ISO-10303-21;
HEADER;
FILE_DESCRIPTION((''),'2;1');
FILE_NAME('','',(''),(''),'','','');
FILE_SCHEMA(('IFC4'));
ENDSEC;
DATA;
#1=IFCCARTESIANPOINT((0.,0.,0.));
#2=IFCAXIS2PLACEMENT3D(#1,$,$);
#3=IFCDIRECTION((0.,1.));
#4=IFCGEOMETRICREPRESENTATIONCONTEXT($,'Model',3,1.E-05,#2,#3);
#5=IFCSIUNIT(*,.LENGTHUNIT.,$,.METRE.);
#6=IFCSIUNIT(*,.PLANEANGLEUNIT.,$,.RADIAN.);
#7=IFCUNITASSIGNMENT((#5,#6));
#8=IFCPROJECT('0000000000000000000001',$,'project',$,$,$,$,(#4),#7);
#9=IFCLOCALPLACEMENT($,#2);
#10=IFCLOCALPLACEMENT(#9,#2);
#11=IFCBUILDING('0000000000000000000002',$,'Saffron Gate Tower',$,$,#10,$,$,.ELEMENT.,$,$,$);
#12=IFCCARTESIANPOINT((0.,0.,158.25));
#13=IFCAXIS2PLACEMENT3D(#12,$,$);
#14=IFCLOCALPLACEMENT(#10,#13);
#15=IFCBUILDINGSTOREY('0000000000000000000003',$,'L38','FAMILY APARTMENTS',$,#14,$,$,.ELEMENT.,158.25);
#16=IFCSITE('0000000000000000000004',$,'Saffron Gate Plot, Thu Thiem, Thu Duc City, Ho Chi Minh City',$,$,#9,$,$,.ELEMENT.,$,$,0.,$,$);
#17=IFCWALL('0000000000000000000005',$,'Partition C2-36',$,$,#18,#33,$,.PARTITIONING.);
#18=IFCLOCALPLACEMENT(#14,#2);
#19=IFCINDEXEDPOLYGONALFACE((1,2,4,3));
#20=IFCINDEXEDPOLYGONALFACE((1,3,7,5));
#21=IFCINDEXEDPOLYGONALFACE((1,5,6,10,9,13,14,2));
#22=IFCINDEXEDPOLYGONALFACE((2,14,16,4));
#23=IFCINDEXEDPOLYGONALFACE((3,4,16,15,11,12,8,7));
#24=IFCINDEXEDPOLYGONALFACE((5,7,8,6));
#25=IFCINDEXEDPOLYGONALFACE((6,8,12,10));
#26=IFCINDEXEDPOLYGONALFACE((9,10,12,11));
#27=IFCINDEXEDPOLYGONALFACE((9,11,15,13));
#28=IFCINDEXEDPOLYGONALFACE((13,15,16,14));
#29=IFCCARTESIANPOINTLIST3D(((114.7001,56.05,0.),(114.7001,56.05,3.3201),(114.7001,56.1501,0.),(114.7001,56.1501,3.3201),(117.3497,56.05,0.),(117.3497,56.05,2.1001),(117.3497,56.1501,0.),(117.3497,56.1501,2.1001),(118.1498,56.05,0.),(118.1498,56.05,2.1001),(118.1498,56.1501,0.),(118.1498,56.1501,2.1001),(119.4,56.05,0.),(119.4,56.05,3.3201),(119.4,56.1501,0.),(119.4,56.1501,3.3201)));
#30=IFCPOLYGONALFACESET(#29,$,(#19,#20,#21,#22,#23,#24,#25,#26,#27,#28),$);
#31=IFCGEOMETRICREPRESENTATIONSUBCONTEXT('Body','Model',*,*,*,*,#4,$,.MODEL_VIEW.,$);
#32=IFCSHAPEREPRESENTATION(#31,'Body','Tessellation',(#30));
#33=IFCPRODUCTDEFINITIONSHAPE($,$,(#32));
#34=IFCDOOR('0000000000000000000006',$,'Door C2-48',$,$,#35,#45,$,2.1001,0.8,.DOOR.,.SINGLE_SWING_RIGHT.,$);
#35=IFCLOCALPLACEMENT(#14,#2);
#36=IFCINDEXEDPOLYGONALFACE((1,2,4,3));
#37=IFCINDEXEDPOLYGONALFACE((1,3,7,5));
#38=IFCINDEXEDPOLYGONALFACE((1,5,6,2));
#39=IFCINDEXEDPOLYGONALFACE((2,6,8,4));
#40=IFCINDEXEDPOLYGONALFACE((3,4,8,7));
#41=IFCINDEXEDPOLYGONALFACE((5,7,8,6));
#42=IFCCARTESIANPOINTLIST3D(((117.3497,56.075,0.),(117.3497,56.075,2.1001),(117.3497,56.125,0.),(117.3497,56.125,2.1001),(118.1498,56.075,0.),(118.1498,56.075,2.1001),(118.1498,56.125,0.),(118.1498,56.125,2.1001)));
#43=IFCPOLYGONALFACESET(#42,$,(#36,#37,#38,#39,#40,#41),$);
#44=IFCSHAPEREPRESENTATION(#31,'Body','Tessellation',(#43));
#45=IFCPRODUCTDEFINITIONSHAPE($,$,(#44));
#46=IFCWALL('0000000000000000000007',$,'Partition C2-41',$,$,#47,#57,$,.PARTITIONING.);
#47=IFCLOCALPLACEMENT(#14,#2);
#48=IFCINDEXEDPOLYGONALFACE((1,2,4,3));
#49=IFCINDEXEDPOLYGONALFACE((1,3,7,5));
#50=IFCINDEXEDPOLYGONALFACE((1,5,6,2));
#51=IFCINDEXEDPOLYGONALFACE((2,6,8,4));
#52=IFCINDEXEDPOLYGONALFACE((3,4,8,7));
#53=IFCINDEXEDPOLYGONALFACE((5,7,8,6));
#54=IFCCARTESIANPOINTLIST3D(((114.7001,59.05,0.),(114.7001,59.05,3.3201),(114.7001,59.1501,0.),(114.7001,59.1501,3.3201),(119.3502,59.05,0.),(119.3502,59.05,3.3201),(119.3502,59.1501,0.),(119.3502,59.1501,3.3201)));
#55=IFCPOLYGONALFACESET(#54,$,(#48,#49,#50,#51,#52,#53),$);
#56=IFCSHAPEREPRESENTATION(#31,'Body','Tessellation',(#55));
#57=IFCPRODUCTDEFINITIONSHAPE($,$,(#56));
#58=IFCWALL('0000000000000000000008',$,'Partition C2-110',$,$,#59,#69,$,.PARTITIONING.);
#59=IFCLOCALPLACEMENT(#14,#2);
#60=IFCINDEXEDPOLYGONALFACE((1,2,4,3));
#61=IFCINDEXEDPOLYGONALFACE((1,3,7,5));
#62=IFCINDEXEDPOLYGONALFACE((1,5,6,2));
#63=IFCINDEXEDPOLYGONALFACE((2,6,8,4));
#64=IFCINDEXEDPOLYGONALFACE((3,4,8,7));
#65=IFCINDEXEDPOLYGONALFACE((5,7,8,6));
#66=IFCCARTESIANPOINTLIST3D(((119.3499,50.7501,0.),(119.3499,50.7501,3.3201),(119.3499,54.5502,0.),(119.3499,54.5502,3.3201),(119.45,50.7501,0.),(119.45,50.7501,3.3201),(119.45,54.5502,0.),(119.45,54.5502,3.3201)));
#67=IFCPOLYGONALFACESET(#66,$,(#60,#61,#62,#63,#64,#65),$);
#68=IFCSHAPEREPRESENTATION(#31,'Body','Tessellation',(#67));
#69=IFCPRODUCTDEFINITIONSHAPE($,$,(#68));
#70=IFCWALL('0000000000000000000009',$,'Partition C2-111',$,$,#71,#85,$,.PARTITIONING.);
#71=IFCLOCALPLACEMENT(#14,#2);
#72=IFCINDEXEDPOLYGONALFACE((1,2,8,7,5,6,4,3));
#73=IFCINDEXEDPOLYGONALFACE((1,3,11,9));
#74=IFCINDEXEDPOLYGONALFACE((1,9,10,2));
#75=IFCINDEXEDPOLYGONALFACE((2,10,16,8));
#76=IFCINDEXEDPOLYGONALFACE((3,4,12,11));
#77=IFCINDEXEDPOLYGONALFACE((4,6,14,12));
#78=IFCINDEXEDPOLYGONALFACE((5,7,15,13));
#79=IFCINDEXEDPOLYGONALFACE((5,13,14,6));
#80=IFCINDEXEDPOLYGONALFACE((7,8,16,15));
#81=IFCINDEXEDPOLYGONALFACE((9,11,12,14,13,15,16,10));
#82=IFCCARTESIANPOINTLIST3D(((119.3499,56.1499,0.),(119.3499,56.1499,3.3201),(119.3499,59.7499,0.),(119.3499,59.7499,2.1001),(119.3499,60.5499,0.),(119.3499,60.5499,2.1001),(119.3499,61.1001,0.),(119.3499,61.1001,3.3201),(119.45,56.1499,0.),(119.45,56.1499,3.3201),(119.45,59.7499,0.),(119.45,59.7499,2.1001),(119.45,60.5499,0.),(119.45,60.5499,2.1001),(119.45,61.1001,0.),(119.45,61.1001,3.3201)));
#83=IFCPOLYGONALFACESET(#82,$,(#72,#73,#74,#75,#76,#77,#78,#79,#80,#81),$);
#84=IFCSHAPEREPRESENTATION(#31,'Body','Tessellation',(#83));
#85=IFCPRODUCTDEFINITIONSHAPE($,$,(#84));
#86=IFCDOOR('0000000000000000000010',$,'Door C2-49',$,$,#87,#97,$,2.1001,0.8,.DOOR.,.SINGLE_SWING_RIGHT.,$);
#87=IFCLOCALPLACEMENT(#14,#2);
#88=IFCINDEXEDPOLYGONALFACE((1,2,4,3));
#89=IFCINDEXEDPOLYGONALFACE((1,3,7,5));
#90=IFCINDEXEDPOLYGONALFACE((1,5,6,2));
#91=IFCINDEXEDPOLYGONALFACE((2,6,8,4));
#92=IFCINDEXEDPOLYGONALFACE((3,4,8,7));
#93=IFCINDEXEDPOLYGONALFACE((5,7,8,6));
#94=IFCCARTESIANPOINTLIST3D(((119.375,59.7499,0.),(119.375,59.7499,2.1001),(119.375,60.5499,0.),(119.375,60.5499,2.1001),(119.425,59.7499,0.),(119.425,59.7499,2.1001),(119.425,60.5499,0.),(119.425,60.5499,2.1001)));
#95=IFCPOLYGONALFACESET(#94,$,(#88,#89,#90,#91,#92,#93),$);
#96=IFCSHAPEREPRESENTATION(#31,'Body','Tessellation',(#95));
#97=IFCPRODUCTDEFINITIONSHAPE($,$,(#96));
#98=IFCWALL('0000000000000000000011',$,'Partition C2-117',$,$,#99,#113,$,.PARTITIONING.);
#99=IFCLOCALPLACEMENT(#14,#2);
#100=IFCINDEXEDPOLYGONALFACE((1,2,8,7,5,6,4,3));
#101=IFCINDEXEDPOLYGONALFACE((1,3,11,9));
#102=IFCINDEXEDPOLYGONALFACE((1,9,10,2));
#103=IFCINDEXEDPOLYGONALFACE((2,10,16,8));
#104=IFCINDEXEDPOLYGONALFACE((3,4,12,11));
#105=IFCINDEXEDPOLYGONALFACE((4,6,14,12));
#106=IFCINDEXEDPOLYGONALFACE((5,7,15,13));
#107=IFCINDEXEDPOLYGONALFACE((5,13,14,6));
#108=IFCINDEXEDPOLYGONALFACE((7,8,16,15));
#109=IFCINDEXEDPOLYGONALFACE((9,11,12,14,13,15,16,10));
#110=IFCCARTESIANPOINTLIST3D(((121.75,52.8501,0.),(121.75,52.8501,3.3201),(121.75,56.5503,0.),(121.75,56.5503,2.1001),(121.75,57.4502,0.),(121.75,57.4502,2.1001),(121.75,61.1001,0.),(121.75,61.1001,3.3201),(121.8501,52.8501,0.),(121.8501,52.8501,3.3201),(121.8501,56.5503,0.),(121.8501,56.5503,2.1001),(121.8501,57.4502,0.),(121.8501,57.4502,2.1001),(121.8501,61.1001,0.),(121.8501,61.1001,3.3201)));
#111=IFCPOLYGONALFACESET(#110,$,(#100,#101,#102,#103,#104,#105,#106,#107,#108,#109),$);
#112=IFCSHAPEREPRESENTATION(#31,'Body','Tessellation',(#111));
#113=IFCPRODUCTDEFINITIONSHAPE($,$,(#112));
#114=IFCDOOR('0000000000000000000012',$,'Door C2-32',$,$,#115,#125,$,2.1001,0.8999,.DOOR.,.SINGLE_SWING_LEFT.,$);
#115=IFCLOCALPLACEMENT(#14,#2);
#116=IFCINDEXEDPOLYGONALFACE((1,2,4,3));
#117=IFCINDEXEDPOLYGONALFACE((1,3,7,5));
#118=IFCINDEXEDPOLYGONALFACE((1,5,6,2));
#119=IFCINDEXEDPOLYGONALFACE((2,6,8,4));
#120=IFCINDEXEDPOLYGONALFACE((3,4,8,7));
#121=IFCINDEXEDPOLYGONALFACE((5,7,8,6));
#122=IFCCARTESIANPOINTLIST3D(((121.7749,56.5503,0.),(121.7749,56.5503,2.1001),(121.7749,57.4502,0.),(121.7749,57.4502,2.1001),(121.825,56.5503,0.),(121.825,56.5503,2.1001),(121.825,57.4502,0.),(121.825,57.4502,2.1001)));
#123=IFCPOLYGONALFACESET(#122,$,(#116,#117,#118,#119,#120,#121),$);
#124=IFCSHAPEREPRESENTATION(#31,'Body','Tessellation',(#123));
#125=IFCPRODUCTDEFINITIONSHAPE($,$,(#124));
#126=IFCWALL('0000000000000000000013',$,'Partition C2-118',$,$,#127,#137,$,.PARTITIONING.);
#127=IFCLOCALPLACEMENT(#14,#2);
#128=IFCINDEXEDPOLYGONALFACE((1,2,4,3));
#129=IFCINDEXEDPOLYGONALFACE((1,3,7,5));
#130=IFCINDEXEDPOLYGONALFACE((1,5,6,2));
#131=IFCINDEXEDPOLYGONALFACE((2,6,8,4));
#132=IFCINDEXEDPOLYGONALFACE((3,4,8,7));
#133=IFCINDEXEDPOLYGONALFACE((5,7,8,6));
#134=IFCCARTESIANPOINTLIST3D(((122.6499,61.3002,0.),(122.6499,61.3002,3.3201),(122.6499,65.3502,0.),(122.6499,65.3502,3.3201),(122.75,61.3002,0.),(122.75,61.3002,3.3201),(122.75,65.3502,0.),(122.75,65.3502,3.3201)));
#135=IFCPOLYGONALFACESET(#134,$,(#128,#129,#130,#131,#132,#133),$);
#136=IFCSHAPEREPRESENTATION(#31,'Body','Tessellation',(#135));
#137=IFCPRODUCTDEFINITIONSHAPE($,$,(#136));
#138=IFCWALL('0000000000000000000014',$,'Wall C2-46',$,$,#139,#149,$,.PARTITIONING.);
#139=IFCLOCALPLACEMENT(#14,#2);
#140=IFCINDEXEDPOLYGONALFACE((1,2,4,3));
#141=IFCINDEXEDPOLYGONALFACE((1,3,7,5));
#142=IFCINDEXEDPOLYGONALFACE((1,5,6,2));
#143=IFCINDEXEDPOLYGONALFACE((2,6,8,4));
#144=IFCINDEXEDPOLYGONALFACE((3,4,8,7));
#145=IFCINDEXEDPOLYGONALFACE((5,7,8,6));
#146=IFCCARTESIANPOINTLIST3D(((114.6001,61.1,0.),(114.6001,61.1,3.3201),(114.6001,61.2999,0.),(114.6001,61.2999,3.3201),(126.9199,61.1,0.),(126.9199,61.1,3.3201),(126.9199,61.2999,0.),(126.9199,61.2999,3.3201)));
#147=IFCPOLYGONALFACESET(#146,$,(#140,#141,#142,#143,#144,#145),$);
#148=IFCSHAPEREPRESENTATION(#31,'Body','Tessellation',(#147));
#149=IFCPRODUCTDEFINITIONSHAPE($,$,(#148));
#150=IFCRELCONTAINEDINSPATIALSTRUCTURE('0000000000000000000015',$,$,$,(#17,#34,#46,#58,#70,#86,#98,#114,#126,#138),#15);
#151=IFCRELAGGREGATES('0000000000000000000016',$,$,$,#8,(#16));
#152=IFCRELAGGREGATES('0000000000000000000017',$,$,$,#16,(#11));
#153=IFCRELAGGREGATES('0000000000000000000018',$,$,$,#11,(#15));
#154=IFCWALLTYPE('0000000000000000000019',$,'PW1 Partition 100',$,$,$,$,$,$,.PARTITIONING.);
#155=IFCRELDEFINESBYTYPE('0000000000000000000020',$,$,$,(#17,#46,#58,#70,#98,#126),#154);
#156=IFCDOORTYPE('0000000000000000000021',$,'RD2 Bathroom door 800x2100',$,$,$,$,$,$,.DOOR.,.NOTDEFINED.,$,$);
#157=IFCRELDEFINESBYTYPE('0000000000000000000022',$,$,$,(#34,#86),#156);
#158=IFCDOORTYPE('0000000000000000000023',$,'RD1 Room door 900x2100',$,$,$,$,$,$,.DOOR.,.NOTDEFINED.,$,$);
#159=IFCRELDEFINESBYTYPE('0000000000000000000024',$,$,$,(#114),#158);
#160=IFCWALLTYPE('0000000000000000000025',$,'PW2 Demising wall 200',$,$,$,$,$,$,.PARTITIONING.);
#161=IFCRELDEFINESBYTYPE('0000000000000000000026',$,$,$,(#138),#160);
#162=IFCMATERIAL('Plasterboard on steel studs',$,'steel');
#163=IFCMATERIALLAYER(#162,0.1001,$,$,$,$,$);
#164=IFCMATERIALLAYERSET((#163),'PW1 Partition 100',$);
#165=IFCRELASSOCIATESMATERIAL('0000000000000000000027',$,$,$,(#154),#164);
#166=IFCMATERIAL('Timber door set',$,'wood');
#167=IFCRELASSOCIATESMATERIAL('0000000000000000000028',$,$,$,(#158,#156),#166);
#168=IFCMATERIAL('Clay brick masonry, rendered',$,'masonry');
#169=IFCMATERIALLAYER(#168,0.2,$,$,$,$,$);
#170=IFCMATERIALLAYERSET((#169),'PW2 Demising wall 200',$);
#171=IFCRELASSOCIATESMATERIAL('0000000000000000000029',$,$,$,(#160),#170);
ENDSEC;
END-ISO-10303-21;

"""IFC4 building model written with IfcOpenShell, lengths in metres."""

from ifc_helpers import new_model, si_unit, direction, frame, frame_2d, origin, place, context, subcontext, project, spatial, rectangle, extrude, material, layer, layer_set, type_object, element, fill, save


model = new_model("IFC4")

# Units and contexts
model_context = context("Model", 3, precision=1e-05, world=origin(), true_north=direction((0.0, 1.0)))
body_context = subcontext(model_context, "Body", "Model", "MODEL_VIEW")
ifc_project = project(units=[si_unit("LENGTHUNIT", "METRE"), si_unit("PLANEANGLEUNIT", "RADIAN")], contexts=[model_context])

# Site, building, storey
site_placement = place(None, origin())
site = spatial("IfcSite", under=ifc_project, at=site_placement, Name="Saffron Gate Plot, Thu Thiem, Thu Duc City, Ho Chi Minh City", CompositionType="ELEMENT", RefElevation=0.0)
building_placement = place(site_placement, origin())
building = spatial("IfcBuilding", under=site, at=building_placement, Name="Saffron Gate Tower", CompositionType="ELEMENT")
storey_placement = place(building_placement, frame((0.0, 0.0, 158.25)))
storey = spatial("IfcBuildingStorey", under=building, at=storey_placement, Name="L38", Description="FAMILY APARTMENTS", CompositionType="ELEMENT", Elevation=158.25)

# Wall, opening, door
ifc_material_1 = material(Name="Plasterboard on steel studs", Category="steel")
ifc_layer_1 = layer(ifc_material_1, 0.1001)
ifc_layer_set_1 = layer_set([ifc_layer_1], Name="PW1 Partition 100")
wall_type_1 = type_object("IfcWallType", Name="PW1 Partition 100", PredefinedType="PARTITIONING", material=ifc_layer_set_1)
ifc_material_2 = material(Name="Timber door set", Category="wood")
door_type_1 = type_object("IfcDoorType", Name="RD1 Room door 900x2100", OperationType="NOTDEFINED", PredefinedType="DOOR", material=ifc_material_2)
wall_1_placement = place(storey_placement, frame((114.7, 56.1001, 0.0), z_axis=(0.0, 0.0, 1.0), x_axis=(1.0, 0.0, 0.0)))
wall_1 = element("IfcWall", 1, at=wall_1_placement, inside=storey, type_object=wall_type_1, Name="Partition C2-36", PredefinedType="PARTITIONING", context=body_context, shape_type="SweptSolid", body=[
    extrude(rectangle(XDim=4.7, YDim=0.1001, at=frame_2d((2.3501, 0.0))), origin(), (0.0, 0.0, 1.0), 3.3201),
])
opening_1_placement = place(wall_1_placement, frame((2.6499, 0.0, 0.0)))
opening_1 = element("IfcOpeningElement", 2, at=opening_1_placement, cuts=wall_1, PredefinedType="OPENING", context=body_context, shape_type="SweptSolid", body=[
    extrude(rectangle(XDim=0.8, YDim=2.1001, at=frame_2d((0.3999, 1.05))), frame((0.0, 0.0601, 0.0), z_axis=(0.0, -1.0, 0.0), x_axis=(1.0, 0.0, 0.0)), (0.0, 0.0, 1.0), 0.1201),
])
door_type_2 = type_object("IfcDoorType", Name="RD2 Bathroom door 800x2100", OperationType="NOTDEFINED", PredefinedType="DOOR", material=ifc_material_2)
door_1_placement = place(opening_1_placement, origin())
door_1 = element("IfcDoor", 3, at=door_1_placement, inside=storey, type_object=door_type_2, Name="Door C2-48", OperationType="SINGLE_SWING_RIGHT", OverallHeight=2.1001, OverallWidth=0.8, PredefinedType="DOOR", context=body_context, shape_type="SweptSolid", body=[
    extrude(rectangle(XDim=0.8, YDim=2.1001, at=frame_2d((0.3999, 1.05))), frame((0.0, 0.0249, 0.0), z_axis=(0.0, -1.0, 0.0), x_axis=(1.0, 0.0, 0.0)), (0.0, 0.0, 1.0), 0.05),
])
fill(opening_1, door_1)

# Walls
wall_2_placement = place(storey_placement, frame((114.7, 59.1001, 0.0), z_axis=(0.0, 0.0, 1.0), x_axis=(1.0, 0.0, 0.0)))
element("IfcWall", 4, at=wall_2_placement, inside=storey, type_object=wall_type_1, Name="Partition C2-41", PredefinedType="PARTITIONING", context=body_context, shape_type="SweptSolid", body=[
    extrude(rectangle(XDim=4.6501, YDim=0.1001, at=frame_2d((2.3252, 0.0))), origin(), (0.0, 0.0, 1.0), 3.3201),
])
wall_3_placement = place(storey_placement, frame((119.3999, 54.55, 0.0), z_axis=(0.0, 0.0, 1.0), x_axis=(0.0, -1.0, 0.0)))
element("IfcWall", 5, at=wall_3_placement, inside=storey, type_object=wall_type_1, Name="Partition C2-110", PredefinedType="PARTITIONING", context=body_context, shape_type="SweptSolid", body=[
    extrude(rectangle(XDim=3.8, YDim=0.1001, at=frame_2d((1.8999, 0.0))), origin(), (0.0, 0.0, 1.0), 3.3201),
])

# Walls, openings, doors
wall_4_placement = place(storey_placement, frame((119.3999, 56.1499, 0.0), z_axis=(0.0, 0.0, 1.0), x_axis=(0.0, 1.0, 0.0)))
wall_4 = element("IfcWall", 6, at=wall_4_placement, inside=storey, type_object=wall_type_1, Name="Partition C2-111", PredefinedType="PARTITIONING", context=body_context, shape_type="SweptSolid", body=[
    extrude(rectangle(XDim=4.9502, YDim=0.1001, at=frame_2d((2.4751, 0.0))), origin(), (0.0, 0.0, 1.0), 3.3201),
])
opening_2_placement = place(wall_4_placement, frame((3.6001, 0.0, 0.0)))
opening_2 = element("IfcOpeningElement", 7, at=opening_2_placement, cuts=wall_4, PredefinedType="OPENING", context=body_context, shape_type="SweptSolid", body=[
    extrude(rectangle(XDim=0.8, YDim=2.1001, at=frame_2d((0.3999, 1.05))), frame((0.0, 0.0601, 0.0), z_axis=(0.0, -1.0, 0.0), x_axis=(1.0, 0.0, 0.0)), (0.0, 0.0, 1.0), 0.1201),
])
door_2_placement = place(opening_2_placement, origin())
door_2 = element("IfcDoor", 8, at=door_2_placement, inside=storey, type_object=door_type_2, Name="Door C2-49", OperationType="SINGLE_SWING_RIGHT", OverallHeight=2.1001, OverallWidth=0.8, PredefinedType="DOOR", context=body_context, shape_type="SweptSolid", body=[
    extrude(rectangle(XDim=0.8, YDim=2.1001, at=frame_2d((0.3999, 1.05))), frame((0.0, 0.0249, 0.0), z_axis=(0.0, -1.0, 0.0), x_axis=(1.0, 0.0, 0.0)), (0.0, 0.0, 1.0), 0.05),
])
fill(opening_2, door_2)
wall_5_placement = place(storey_placement, frame((121.8, 61.1001, 0.0), z_axis=(0.0, 0.0, 1.0), x_axis=(0.0, -1.0, 0.0)))
wall_5 = element("IfcWall", 9, at=wall_5_placement, inside=storey, type_object=wall_type_1, Name="Partition C2-117", PredefinedType="PARTITIONING", context=body_context, shape_type="SweptSolid", body=[
    extrude(rectangle(XDim=8.25, YDim=0.1001, at=frame_2d((4.125, 0.0))), origin(), (0.0, 0.0, 1.0), 3.3201),
])
opening_3_placement = place(wall_5_placement, frame((3.6499, 0.0, 0.0)))
opening_3 = element("IfcOpeningElement", 10, at=opening_3_placement, cuts=wall_5, PredefinedType="OPENING", context=body_context, shape_type="SweptSolid", body=[
    extrude(rectangle(XDim=0.8999, YDim=2.1001, at=frame_2d((0.45, 1.05))), frame((0.0, 0.0601, 0.0), z_axis=(0.0, -1.0, 0.0), x_axis=(1.0, 0.0, 0.0)), (0.0, 0.0, 1.0), 0.1201),
])
door_3_placement = place(opening_3_placement, origin())
door_3 = element("IfcDoor", 11, at=door_3_placement, inside=storey, type_object=door_type_1, Name="Door C2-32", OperationType="SINGLE_SWING_LEFT", OverallHeight=2.1001, OverallWidth=0.8999, PredefinedType="DOOR", context=body_context, shape_type="SweptSolid", body=[
    extrude(rectangle(XDim=0.8999, YDim=2.1001, at=frame_2d((0.45, 1.05))), frame((0.0, 0.0249, 0.0), z_axis=(0.0, -1.0, 0.0), x_axis=(1.0, 0.0, 0.0)), (0.0, 0.0, 1.0), 0.05),
])
fill(opening_3, door_3)

# Walls
wall_6_placement = place(storey_placement, frame((122.7, 65.3501, 0.0), z_axis=(0.0, 0.0, 1.0), x_axis=(0.0, -1.0, 0.0)))
element("IfcWall", 12, at=wall_6_placement, inside=storey, type_object=wall_type_1, Name="Partition C2-118", PredefinedType="PARTITIONING", context=body_context, shape_type="SweptSolid", body=[
    extrude(rectangle(XDim=4.05, YDim=0.1001, at=frame_2d((2.0249, 0.0))), origin(), (0.0, 0.0, 1.0), 3.3201),
])
ifc_material_3 = material(Name="Clay brick masonry, rendered", Category="masonry")
ifc_layer_2 = layer(ifc_material_3, 0.2)
ifc_layer_set_2 = layer_set([ifc_layer_2], Name="PW2 Demising wall 200")
wall_type_2 = type_object("IfcWallType", Name="PW2 Demising wall 200", PredefinedType="PARTITIONING", material=ifc_layer_set_2)
wall_7_placement = place(storey_placement, frame((114.6001, 61.2, 0.0), z_axis=(0.0, 0.0, 1.0), x_axis=(1.0, 0.0, 0.0)))
element("IfcWall", 13, at=wall_7_placement, inside=storey, type_object=wall_type_2, Name="Wall C2-46", PredefinedType="PARTITIONING", context=body_context, shape_type="SweptSolid", body=[
    extrude(rectangle(XDim=12.3198, YDim=0.2, at=frame_2d((6.1599, 0.0))), origin(), (0.0, 0.0, 1.0), 3.3201),
])

save(model, "model.ifc")
